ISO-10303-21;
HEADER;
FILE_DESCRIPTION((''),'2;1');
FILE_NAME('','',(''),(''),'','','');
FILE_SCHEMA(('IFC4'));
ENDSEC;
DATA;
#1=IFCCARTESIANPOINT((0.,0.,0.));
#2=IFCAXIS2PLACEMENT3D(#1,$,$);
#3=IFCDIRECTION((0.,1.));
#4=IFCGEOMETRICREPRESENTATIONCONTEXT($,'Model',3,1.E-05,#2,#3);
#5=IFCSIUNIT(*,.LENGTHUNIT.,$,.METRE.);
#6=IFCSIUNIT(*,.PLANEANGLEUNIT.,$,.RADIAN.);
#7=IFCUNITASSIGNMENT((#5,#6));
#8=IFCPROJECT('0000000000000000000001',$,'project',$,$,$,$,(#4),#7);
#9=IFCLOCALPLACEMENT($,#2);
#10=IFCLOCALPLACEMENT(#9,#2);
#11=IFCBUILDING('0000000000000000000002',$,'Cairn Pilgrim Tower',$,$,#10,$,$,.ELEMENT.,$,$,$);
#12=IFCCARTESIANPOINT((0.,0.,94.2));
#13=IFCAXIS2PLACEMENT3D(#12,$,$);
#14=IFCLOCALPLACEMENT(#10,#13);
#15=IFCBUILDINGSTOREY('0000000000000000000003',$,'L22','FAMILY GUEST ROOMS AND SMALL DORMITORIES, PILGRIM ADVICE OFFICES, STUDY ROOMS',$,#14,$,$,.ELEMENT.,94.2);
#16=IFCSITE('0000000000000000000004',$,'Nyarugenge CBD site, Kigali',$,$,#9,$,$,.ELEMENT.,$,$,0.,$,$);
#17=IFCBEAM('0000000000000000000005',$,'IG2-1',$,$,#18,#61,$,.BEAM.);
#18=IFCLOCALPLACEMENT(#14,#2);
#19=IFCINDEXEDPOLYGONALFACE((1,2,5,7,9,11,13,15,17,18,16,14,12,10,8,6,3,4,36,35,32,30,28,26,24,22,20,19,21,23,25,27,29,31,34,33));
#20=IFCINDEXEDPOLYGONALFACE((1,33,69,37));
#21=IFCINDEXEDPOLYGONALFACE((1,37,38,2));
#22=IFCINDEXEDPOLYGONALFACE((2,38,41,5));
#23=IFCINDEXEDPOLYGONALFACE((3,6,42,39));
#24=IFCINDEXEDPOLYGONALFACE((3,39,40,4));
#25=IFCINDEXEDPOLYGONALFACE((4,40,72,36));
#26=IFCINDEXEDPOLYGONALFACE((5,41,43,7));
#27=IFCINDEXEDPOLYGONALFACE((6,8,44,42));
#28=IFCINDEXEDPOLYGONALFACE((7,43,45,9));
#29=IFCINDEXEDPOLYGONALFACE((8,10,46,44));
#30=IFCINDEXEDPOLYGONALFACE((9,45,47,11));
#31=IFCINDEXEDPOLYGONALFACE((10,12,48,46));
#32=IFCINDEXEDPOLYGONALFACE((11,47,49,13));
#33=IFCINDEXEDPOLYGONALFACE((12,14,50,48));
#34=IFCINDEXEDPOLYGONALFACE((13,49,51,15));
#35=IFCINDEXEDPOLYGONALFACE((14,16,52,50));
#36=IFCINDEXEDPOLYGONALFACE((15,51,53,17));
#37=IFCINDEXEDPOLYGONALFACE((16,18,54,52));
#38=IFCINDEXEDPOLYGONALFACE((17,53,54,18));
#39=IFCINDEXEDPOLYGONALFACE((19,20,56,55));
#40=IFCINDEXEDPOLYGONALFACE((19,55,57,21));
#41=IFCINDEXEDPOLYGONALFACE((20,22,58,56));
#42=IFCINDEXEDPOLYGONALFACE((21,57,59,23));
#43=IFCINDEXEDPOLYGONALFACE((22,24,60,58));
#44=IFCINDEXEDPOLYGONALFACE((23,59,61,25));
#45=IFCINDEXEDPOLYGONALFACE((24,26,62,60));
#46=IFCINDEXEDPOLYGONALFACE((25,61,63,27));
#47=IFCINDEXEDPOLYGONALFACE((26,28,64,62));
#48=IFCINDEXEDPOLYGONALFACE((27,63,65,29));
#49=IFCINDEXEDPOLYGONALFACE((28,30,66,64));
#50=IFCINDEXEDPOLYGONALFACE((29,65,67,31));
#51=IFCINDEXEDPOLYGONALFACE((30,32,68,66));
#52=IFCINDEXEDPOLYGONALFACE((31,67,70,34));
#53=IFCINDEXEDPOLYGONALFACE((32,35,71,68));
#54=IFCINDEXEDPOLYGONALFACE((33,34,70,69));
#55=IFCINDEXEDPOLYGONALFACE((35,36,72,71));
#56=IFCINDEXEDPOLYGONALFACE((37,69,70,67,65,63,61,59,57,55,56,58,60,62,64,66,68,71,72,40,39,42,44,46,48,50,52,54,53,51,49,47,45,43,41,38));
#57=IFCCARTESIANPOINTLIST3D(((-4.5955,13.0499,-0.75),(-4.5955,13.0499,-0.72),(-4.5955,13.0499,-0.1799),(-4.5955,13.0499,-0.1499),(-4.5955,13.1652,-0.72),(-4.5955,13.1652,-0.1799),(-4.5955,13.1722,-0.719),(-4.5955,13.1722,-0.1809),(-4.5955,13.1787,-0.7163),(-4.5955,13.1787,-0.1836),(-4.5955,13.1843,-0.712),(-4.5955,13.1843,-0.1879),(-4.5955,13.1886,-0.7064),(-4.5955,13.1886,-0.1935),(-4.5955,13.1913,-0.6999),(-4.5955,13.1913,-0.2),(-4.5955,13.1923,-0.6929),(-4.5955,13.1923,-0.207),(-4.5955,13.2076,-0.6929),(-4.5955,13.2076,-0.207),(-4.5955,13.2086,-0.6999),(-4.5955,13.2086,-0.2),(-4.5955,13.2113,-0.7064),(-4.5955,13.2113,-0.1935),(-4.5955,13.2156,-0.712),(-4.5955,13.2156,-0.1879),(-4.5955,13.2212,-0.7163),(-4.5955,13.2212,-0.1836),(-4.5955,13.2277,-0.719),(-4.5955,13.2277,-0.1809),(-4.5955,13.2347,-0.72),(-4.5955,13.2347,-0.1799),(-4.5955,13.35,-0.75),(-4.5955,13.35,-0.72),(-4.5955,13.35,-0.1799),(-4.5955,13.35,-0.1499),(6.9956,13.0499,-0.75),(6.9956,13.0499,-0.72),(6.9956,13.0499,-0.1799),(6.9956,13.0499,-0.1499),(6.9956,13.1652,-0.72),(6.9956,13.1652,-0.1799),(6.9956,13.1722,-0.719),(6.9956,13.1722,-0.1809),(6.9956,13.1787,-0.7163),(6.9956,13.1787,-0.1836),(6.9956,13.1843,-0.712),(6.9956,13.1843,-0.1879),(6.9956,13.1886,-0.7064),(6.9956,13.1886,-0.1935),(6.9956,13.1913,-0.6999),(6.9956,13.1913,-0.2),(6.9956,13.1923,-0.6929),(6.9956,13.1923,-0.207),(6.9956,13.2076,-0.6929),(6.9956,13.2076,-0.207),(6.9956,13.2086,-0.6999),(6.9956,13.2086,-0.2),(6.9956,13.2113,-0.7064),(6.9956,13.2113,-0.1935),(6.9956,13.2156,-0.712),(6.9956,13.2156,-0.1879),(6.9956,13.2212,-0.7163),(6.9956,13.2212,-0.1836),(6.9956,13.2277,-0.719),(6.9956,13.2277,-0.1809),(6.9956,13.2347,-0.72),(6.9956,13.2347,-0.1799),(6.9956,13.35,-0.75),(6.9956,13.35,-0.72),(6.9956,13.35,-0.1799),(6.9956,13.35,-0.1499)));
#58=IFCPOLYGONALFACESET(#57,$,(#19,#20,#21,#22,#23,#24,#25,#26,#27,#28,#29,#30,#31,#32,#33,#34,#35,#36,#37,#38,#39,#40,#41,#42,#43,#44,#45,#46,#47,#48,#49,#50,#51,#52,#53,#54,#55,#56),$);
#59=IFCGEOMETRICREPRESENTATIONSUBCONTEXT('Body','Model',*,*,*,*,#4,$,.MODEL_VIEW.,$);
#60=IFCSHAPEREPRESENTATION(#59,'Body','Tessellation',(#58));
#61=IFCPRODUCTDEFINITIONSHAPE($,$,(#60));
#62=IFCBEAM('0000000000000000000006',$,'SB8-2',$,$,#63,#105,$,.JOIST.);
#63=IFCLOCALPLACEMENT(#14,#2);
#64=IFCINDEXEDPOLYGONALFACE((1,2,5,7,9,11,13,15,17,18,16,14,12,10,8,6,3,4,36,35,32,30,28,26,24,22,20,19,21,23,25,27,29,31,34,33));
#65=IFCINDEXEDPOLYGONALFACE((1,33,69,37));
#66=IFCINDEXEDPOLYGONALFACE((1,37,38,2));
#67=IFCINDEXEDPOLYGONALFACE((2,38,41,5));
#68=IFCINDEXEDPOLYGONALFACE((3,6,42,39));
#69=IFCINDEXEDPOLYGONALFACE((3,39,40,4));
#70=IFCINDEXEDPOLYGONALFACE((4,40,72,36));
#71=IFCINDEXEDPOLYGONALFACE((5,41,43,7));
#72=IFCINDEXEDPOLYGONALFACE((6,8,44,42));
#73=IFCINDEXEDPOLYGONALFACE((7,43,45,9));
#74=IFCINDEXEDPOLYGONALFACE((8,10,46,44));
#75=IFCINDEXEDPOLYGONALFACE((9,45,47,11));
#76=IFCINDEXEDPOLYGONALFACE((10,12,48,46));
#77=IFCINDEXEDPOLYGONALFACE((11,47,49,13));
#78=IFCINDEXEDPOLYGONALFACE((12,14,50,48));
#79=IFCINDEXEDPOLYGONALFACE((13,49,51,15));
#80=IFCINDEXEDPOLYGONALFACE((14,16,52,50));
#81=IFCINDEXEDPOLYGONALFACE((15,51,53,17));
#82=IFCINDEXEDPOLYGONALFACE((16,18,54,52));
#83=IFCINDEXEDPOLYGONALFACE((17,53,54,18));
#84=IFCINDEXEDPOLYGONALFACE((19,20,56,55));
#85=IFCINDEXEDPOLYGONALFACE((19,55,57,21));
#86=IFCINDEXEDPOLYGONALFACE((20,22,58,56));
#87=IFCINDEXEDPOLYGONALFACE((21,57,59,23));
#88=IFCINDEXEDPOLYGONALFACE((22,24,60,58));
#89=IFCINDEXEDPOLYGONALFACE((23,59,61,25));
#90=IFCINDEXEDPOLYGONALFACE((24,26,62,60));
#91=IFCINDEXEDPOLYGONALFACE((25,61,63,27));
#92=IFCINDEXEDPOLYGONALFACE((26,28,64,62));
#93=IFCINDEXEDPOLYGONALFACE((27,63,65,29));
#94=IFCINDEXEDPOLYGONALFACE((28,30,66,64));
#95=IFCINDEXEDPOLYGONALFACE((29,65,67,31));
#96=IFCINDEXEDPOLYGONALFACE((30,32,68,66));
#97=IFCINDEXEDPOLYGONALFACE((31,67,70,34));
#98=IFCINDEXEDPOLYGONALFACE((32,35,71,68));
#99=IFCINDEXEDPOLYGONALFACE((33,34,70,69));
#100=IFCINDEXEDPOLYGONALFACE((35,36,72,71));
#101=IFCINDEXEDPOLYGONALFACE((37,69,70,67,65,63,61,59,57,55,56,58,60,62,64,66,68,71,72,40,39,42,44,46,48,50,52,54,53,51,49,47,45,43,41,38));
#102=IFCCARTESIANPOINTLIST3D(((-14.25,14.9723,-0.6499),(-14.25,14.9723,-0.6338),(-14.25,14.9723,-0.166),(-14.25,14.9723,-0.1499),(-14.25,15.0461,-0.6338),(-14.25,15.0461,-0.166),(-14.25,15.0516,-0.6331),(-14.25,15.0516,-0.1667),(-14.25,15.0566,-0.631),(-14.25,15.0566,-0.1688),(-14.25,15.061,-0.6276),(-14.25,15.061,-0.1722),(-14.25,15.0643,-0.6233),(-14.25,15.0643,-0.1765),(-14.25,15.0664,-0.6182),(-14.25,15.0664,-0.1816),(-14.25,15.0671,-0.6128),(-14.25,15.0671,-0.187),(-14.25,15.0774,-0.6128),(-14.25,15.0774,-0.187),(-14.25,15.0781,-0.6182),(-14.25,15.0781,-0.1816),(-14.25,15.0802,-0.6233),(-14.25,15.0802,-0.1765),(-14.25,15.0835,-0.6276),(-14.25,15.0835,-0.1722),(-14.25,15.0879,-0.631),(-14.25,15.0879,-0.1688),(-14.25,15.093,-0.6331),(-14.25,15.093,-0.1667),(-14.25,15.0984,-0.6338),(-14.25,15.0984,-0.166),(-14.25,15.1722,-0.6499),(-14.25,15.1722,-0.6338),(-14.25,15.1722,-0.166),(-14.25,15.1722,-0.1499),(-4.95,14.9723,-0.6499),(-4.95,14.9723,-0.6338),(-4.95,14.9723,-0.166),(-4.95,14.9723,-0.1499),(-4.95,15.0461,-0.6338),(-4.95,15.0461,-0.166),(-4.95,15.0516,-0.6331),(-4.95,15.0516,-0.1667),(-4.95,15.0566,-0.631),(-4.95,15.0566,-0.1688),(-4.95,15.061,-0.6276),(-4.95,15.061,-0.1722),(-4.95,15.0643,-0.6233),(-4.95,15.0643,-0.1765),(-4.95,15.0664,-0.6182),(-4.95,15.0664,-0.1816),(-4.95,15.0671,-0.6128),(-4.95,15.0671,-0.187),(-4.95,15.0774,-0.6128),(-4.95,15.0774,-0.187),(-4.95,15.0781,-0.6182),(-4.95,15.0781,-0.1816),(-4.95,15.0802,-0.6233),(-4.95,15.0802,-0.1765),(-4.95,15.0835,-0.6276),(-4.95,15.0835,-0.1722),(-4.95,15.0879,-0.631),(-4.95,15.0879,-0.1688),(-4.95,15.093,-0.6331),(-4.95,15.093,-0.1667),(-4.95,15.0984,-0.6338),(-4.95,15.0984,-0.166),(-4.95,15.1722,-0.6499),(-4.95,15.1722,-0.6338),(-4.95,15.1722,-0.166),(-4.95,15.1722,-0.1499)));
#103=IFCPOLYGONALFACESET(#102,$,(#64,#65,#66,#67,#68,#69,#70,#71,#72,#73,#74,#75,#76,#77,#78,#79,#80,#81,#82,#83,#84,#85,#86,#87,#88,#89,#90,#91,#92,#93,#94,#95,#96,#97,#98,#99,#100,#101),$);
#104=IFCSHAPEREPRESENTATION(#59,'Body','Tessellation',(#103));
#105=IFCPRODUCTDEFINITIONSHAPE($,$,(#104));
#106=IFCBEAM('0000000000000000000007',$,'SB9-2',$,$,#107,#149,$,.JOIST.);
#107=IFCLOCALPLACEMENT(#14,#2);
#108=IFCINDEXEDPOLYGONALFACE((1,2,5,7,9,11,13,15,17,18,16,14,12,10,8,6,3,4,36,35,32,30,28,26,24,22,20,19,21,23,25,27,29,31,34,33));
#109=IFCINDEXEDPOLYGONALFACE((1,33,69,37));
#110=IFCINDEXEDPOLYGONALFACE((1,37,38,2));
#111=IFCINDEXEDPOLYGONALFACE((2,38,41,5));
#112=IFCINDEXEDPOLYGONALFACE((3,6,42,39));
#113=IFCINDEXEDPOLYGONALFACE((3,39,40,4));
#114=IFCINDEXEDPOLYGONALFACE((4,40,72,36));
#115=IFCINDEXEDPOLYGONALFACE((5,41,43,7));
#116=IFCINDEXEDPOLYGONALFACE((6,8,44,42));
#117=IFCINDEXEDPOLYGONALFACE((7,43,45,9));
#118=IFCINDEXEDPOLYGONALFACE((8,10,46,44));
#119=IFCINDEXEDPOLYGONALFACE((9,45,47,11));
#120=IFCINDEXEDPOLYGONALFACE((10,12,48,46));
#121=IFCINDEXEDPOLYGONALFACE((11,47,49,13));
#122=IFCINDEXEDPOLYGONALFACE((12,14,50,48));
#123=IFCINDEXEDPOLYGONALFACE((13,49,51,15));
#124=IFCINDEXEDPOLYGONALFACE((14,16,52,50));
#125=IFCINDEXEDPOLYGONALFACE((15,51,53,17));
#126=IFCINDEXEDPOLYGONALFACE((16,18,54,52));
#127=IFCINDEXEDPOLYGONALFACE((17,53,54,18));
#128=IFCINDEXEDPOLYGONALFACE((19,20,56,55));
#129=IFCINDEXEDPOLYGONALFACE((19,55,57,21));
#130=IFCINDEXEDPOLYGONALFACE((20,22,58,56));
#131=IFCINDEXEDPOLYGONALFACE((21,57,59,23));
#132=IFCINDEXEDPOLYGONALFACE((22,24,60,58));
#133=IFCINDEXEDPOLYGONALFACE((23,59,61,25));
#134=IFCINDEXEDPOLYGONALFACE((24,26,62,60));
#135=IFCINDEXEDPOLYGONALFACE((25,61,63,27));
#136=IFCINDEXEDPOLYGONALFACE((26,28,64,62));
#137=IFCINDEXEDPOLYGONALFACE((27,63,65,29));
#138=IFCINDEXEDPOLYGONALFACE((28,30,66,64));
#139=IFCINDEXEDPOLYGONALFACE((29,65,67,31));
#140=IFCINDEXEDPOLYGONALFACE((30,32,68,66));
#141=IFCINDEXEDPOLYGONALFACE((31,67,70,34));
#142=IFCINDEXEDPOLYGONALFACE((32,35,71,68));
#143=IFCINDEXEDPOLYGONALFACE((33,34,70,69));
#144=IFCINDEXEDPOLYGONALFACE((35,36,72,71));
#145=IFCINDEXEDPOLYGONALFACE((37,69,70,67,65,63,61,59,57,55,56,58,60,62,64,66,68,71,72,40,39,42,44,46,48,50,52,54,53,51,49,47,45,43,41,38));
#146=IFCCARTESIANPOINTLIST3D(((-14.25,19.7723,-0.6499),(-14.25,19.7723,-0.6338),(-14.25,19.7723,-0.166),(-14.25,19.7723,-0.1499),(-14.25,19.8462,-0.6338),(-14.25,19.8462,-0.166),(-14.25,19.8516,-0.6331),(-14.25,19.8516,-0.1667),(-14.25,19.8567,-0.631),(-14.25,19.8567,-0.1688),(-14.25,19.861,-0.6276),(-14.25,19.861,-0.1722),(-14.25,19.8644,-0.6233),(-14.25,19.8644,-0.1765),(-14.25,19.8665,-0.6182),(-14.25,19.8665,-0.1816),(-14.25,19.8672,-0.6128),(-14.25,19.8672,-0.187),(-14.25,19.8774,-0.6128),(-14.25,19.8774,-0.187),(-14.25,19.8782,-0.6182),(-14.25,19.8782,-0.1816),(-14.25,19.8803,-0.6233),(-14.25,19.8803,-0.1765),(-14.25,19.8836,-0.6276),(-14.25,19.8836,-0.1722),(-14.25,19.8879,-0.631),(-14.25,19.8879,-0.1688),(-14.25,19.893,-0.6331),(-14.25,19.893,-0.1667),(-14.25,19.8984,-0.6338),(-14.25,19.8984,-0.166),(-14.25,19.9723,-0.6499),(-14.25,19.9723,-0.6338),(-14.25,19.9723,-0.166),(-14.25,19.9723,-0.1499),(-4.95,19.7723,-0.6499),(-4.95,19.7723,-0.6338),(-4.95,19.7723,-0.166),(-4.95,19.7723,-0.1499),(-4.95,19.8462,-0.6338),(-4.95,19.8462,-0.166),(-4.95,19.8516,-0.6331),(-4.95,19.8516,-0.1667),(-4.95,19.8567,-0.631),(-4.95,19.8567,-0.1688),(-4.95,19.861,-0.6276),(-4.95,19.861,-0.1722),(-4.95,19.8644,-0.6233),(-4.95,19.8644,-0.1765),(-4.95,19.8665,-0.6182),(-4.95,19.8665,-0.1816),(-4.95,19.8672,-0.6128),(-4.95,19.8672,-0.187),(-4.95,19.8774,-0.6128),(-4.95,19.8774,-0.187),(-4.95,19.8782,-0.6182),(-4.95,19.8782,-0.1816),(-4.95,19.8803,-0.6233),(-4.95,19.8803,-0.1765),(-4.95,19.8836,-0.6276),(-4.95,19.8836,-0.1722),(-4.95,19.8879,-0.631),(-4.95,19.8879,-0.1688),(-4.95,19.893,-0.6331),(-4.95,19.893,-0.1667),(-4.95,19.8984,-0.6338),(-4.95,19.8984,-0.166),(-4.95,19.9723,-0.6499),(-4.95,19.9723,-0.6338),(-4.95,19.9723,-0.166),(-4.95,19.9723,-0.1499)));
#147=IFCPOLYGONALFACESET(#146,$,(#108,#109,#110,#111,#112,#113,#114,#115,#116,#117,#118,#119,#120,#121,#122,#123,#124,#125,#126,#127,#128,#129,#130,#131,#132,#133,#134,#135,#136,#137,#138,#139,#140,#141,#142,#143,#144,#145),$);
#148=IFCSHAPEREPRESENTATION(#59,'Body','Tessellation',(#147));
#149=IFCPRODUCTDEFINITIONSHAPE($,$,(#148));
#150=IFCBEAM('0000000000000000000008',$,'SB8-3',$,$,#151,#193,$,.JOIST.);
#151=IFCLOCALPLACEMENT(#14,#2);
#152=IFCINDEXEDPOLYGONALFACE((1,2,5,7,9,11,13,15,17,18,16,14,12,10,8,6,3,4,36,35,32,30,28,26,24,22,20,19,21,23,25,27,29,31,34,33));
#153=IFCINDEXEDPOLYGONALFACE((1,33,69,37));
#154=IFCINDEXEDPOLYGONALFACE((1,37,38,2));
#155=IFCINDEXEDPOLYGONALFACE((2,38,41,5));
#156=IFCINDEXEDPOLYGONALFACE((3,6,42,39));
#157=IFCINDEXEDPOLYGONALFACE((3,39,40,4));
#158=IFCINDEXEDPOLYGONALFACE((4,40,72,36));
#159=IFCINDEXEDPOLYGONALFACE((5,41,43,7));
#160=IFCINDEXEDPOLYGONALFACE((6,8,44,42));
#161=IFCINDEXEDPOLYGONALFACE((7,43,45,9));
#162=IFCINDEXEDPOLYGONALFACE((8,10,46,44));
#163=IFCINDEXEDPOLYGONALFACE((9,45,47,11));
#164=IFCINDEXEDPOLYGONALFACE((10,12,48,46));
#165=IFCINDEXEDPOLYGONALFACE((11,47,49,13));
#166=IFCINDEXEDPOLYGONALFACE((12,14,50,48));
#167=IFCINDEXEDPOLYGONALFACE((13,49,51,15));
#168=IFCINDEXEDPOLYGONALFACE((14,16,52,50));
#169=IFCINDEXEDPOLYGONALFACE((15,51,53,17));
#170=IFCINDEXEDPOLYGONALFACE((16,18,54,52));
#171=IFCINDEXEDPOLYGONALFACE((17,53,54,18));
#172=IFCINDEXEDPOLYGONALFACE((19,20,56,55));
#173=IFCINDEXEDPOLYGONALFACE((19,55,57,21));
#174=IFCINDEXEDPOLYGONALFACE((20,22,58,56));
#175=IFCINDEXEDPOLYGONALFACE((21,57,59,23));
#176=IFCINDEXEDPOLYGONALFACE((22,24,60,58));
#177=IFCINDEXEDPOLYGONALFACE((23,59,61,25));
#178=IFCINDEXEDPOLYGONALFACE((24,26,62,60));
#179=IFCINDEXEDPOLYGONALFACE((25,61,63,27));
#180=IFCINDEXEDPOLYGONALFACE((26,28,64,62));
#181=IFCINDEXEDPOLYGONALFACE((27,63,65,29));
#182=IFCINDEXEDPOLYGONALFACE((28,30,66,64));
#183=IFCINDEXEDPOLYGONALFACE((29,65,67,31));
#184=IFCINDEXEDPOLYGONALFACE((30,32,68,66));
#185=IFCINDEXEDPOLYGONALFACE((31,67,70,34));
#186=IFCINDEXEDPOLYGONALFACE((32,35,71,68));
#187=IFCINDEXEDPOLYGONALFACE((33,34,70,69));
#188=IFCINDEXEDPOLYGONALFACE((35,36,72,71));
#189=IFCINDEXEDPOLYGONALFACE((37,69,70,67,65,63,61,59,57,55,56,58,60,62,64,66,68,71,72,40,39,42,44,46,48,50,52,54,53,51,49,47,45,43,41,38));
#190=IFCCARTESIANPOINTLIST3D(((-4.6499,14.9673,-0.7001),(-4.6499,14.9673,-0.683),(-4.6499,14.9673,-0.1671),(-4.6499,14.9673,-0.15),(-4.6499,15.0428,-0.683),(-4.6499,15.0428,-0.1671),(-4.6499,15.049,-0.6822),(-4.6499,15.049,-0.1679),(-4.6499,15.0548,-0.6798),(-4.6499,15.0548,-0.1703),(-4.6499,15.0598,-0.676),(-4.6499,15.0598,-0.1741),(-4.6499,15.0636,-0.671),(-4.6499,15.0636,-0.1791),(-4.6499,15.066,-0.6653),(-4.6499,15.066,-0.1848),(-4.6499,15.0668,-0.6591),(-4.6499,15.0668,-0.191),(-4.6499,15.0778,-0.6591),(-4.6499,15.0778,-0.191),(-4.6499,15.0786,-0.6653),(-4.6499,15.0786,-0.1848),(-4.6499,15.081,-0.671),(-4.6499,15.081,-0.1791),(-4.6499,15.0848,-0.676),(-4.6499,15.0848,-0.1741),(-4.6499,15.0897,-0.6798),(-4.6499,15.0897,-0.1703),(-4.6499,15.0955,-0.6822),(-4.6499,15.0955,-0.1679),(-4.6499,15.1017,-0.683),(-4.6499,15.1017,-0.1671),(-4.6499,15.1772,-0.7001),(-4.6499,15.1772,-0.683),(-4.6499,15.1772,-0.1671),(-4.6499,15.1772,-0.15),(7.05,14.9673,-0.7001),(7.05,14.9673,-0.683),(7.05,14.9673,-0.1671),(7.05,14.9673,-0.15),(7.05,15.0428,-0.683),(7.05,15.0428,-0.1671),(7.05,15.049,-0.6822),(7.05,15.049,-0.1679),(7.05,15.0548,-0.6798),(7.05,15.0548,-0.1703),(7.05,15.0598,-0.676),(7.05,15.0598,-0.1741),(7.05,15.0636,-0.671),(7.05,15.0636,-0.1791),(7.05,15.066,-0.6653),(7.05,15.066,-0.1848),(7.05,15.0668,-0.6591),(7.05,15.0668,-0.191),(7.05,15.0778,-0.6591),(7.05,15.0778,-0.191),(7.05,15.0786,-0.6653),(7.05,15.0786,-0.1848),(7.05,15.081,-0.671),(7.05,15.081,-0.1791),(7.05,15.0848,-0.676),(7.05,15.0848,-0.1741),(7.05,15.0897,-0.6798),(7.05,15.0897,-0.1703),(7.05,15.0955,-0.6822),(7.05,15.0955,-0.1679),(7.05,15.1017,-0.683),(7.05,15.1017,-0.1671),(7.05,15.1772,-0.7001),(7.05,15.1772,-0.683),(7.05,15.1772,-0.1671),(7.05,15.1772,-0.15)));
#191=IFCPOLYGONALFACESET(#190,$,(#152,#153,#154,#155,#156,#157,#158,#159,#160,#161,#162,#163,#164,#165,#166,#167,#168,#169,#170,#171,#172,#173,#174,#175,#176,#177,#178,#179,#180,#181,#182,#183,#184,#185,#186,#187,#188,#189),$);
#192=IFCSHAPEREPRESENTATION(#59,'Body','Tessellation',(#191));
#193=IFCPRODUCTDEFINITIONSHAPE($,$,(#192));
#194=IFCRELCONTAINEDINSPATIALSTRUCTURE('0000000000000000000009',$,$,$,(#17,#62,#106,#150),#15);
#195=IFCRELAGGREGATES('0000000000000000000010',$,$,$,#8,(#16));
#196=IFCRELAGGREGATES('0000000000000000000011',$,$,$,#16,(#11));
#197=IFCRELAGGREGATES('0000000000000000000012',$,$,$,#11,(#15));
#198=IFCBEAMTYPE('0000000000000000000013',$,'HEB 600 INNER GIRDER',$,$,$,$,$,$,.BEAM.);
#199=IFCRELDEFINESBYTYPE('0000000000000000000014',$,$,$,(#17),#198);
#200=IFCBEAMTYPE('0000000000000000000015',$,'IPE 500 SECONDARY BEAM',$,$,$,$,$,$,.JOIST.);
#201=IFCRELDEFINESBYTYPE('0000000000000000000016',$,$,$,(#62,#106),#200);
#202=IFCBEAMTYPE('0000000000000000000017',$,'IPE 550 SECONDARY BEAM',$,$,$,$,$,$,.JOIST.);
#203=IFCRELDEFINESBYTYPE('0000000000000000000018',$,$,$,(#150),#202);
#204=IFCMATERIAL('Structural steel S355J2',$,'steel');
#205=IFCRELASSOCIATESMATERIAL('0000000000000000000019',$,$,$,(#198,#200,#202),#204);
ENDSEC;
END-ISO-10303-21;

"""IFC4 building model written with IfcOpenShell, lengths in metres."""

from ifc_helpers import new_model, si_unit, direction, frame, origin, origin_2d, place, context, subcontext, project, spatial, i_section, extrude, material, material_profile, profile_set, type_object, element, save


model = new_model("IFC4")

# Units and contexts
model_context = context("Model", 3, precision=1e-05, world=origin(), true_north=direction((0.0, 1.0)))
body_context = subcontext(model_context, "Body", "Model", "MODEL_VIEW")
ifc_project = project(units=[si_unit("LENGTHUNIT", "METRE"), si_unit("PLANEANGLEUNIT", "RADIAN")], contexts=[model_context])

# Site, building, storey
site_placement = place(None, origin())
site = spatial("IfcSite", under=ifc_project, at=site_placement, Name="Nyarugenge CBD site, Kigali", CompositionType="ELEMENT", RefElevation=0.0)
building_placement = place(site_placement, origin())
building = spatial("IfcBuilding", under=site, at=building_placement, Name="Cairn Pilgrim Tower", CompositionType="ELEMENT")
storey_placement = place(building_placement, frame((0.0, 0.0, 94.2)))
storey = spatial("IfcBuildingStorey", under=building, at=storey_placement, Name="L22", Description="FAMILY GUEST ROOMS AND SMALL DORMITORIES, PILGRIM ADVICE OFFICES, STUDY ROOMS", CompositionType="ELEMENT", Elevation=94.2)

# Beams
ifc_material_1 = material(Name="Structural steel S355J2", Category="steel")
ifc_material_profile_1 = material_profile(ifc_material_1, i_section(OverallWidth=0.3, OverallDepth=0.6001, WebThickness=0.0154, FlangeThickness=0.03, FilletRadius=0.0271, at=origin_2d()), Name="HEB 600")
ifc_profile_set_1 = profile_set([ifc_material_profile_1], Name="Structural steel S355J2")
beam_type_1 = type_object("IfcBeamType", Name="HEB 600 INNER GIRDER", PredefinedType="BEAM", material=ifc_profile_set_1)
beam_1_placement = place(storey_placement, frame((-4.5955, 13.2, -0.45), z_axis=(1.0, 0.0, 0.0), x_axis=(0.0, 1.0, 0.0)))
element("IfcBeam", 1, at=beam_1_placement, inside=storey, type_object=beam_type_1, Name="IG2-1", PredefinedType="BEAM", context=body_context, shape_type="SweptSolid", body=[
    extrude(i_section(OverallWidth=0.3, OverallDepth=0.6001, WebThickness=0.0154, FlangeThickness=0.03, FilletRadius=0.0271, at=origin_2d()), origin(), (0.0, 0.0, 1.0), 11.5911),
])
ifc_material_profile_2 = material_profile(ifc_material_1, i_section(OverallWidth=0.2, OverallDepth=0.5, WebThickness=0.0103, FlangeThickness=0.0161, FilletRadius=0.021, at=origin_2d()), Name="IPE 500")
ifc_profile_set_2 = profile_set([ifc_material_profile_2], Name="Structural steel S355J2")
beam_type_2 = type_object("IfcBeamType", Name="IPE 500 SECONDARY BEAM", PredefinedType="JOIST", material=ifc_profile_set_2)
for number, where, z_axis, x_axis, name in (
    (2, (-14.25, 15.0723, -0.3999), (1.0, 0.0, 0.0), (0.0, 1.0, 0.0), "SB8-2"),
    (3, (-14.25, 19.8723, -0.3999), (1.0, 0.0, 0.0), (0.0, 1.0, 0.0), "SB9-2"),
):
    element("IfcBeam", number, at=place(storey_placement, frame(where, z_axis=z_axis, x_axis=x_axis)), inside=storey, type_object=beam_type_2, Name=name, PredefinedType="JOIST", context=body_context, shape_type="SweptSolid", body=[
        extrude(i_section(OverallWidth=0.2, OverallDepth=0.5, WebThickness=0.0103, FlangeThickness=0.0161, FilletRadius=0.021, at=origin_2d()), origin(), (0.0, 0.0, 1.0), 9.3),
    ])
ifc_material_profile_3 = material_profile(ifc_material_1, i_section(OverallWidth=0.21, OverallDepth=0.55, WebThickness=0.011, FlangeThickness=0.0171, FilletRadius=0.0239, at=origin_2d()), Name="IPE 550")
ifc_profile_set_3 = profile_set([ifc_material_profile_3], Name="Structural steel S355J2")
beam_type_3 = type_object("IfcBeamType", Name="IPE 550 SECONDARY BEAM", PredefinedType="JOIST", material=ifc_profile_set_3)
for number, where, z_axis, x_axis, name in (
    (4, (-4.6499, 15.0723, -0.425), (1.0, 0.0, 0.0), (0.0, 1.0, 0.0), "SB8-3"),
):
    element("IfcBeam", number, at=place(storey_placement, frame(where, z_axis=z_axis, x_axis=x_axis)), inside=storey, type_object=beam_type_3, Name=name, PredefinedType="JOIST", context=body_context, shape_type="SweptSolid", body=[
        extrude(i_section(OverallWidth=0.21, OverallDepth=0.55, WebThickness=0.011, FlangeThickness=0.0171, FilletRadius=0.0239, at=origin_2d()), origin(), (0.0, 0.0, 1.0), 11.7),
    ])

save(model, "model.ifc")
